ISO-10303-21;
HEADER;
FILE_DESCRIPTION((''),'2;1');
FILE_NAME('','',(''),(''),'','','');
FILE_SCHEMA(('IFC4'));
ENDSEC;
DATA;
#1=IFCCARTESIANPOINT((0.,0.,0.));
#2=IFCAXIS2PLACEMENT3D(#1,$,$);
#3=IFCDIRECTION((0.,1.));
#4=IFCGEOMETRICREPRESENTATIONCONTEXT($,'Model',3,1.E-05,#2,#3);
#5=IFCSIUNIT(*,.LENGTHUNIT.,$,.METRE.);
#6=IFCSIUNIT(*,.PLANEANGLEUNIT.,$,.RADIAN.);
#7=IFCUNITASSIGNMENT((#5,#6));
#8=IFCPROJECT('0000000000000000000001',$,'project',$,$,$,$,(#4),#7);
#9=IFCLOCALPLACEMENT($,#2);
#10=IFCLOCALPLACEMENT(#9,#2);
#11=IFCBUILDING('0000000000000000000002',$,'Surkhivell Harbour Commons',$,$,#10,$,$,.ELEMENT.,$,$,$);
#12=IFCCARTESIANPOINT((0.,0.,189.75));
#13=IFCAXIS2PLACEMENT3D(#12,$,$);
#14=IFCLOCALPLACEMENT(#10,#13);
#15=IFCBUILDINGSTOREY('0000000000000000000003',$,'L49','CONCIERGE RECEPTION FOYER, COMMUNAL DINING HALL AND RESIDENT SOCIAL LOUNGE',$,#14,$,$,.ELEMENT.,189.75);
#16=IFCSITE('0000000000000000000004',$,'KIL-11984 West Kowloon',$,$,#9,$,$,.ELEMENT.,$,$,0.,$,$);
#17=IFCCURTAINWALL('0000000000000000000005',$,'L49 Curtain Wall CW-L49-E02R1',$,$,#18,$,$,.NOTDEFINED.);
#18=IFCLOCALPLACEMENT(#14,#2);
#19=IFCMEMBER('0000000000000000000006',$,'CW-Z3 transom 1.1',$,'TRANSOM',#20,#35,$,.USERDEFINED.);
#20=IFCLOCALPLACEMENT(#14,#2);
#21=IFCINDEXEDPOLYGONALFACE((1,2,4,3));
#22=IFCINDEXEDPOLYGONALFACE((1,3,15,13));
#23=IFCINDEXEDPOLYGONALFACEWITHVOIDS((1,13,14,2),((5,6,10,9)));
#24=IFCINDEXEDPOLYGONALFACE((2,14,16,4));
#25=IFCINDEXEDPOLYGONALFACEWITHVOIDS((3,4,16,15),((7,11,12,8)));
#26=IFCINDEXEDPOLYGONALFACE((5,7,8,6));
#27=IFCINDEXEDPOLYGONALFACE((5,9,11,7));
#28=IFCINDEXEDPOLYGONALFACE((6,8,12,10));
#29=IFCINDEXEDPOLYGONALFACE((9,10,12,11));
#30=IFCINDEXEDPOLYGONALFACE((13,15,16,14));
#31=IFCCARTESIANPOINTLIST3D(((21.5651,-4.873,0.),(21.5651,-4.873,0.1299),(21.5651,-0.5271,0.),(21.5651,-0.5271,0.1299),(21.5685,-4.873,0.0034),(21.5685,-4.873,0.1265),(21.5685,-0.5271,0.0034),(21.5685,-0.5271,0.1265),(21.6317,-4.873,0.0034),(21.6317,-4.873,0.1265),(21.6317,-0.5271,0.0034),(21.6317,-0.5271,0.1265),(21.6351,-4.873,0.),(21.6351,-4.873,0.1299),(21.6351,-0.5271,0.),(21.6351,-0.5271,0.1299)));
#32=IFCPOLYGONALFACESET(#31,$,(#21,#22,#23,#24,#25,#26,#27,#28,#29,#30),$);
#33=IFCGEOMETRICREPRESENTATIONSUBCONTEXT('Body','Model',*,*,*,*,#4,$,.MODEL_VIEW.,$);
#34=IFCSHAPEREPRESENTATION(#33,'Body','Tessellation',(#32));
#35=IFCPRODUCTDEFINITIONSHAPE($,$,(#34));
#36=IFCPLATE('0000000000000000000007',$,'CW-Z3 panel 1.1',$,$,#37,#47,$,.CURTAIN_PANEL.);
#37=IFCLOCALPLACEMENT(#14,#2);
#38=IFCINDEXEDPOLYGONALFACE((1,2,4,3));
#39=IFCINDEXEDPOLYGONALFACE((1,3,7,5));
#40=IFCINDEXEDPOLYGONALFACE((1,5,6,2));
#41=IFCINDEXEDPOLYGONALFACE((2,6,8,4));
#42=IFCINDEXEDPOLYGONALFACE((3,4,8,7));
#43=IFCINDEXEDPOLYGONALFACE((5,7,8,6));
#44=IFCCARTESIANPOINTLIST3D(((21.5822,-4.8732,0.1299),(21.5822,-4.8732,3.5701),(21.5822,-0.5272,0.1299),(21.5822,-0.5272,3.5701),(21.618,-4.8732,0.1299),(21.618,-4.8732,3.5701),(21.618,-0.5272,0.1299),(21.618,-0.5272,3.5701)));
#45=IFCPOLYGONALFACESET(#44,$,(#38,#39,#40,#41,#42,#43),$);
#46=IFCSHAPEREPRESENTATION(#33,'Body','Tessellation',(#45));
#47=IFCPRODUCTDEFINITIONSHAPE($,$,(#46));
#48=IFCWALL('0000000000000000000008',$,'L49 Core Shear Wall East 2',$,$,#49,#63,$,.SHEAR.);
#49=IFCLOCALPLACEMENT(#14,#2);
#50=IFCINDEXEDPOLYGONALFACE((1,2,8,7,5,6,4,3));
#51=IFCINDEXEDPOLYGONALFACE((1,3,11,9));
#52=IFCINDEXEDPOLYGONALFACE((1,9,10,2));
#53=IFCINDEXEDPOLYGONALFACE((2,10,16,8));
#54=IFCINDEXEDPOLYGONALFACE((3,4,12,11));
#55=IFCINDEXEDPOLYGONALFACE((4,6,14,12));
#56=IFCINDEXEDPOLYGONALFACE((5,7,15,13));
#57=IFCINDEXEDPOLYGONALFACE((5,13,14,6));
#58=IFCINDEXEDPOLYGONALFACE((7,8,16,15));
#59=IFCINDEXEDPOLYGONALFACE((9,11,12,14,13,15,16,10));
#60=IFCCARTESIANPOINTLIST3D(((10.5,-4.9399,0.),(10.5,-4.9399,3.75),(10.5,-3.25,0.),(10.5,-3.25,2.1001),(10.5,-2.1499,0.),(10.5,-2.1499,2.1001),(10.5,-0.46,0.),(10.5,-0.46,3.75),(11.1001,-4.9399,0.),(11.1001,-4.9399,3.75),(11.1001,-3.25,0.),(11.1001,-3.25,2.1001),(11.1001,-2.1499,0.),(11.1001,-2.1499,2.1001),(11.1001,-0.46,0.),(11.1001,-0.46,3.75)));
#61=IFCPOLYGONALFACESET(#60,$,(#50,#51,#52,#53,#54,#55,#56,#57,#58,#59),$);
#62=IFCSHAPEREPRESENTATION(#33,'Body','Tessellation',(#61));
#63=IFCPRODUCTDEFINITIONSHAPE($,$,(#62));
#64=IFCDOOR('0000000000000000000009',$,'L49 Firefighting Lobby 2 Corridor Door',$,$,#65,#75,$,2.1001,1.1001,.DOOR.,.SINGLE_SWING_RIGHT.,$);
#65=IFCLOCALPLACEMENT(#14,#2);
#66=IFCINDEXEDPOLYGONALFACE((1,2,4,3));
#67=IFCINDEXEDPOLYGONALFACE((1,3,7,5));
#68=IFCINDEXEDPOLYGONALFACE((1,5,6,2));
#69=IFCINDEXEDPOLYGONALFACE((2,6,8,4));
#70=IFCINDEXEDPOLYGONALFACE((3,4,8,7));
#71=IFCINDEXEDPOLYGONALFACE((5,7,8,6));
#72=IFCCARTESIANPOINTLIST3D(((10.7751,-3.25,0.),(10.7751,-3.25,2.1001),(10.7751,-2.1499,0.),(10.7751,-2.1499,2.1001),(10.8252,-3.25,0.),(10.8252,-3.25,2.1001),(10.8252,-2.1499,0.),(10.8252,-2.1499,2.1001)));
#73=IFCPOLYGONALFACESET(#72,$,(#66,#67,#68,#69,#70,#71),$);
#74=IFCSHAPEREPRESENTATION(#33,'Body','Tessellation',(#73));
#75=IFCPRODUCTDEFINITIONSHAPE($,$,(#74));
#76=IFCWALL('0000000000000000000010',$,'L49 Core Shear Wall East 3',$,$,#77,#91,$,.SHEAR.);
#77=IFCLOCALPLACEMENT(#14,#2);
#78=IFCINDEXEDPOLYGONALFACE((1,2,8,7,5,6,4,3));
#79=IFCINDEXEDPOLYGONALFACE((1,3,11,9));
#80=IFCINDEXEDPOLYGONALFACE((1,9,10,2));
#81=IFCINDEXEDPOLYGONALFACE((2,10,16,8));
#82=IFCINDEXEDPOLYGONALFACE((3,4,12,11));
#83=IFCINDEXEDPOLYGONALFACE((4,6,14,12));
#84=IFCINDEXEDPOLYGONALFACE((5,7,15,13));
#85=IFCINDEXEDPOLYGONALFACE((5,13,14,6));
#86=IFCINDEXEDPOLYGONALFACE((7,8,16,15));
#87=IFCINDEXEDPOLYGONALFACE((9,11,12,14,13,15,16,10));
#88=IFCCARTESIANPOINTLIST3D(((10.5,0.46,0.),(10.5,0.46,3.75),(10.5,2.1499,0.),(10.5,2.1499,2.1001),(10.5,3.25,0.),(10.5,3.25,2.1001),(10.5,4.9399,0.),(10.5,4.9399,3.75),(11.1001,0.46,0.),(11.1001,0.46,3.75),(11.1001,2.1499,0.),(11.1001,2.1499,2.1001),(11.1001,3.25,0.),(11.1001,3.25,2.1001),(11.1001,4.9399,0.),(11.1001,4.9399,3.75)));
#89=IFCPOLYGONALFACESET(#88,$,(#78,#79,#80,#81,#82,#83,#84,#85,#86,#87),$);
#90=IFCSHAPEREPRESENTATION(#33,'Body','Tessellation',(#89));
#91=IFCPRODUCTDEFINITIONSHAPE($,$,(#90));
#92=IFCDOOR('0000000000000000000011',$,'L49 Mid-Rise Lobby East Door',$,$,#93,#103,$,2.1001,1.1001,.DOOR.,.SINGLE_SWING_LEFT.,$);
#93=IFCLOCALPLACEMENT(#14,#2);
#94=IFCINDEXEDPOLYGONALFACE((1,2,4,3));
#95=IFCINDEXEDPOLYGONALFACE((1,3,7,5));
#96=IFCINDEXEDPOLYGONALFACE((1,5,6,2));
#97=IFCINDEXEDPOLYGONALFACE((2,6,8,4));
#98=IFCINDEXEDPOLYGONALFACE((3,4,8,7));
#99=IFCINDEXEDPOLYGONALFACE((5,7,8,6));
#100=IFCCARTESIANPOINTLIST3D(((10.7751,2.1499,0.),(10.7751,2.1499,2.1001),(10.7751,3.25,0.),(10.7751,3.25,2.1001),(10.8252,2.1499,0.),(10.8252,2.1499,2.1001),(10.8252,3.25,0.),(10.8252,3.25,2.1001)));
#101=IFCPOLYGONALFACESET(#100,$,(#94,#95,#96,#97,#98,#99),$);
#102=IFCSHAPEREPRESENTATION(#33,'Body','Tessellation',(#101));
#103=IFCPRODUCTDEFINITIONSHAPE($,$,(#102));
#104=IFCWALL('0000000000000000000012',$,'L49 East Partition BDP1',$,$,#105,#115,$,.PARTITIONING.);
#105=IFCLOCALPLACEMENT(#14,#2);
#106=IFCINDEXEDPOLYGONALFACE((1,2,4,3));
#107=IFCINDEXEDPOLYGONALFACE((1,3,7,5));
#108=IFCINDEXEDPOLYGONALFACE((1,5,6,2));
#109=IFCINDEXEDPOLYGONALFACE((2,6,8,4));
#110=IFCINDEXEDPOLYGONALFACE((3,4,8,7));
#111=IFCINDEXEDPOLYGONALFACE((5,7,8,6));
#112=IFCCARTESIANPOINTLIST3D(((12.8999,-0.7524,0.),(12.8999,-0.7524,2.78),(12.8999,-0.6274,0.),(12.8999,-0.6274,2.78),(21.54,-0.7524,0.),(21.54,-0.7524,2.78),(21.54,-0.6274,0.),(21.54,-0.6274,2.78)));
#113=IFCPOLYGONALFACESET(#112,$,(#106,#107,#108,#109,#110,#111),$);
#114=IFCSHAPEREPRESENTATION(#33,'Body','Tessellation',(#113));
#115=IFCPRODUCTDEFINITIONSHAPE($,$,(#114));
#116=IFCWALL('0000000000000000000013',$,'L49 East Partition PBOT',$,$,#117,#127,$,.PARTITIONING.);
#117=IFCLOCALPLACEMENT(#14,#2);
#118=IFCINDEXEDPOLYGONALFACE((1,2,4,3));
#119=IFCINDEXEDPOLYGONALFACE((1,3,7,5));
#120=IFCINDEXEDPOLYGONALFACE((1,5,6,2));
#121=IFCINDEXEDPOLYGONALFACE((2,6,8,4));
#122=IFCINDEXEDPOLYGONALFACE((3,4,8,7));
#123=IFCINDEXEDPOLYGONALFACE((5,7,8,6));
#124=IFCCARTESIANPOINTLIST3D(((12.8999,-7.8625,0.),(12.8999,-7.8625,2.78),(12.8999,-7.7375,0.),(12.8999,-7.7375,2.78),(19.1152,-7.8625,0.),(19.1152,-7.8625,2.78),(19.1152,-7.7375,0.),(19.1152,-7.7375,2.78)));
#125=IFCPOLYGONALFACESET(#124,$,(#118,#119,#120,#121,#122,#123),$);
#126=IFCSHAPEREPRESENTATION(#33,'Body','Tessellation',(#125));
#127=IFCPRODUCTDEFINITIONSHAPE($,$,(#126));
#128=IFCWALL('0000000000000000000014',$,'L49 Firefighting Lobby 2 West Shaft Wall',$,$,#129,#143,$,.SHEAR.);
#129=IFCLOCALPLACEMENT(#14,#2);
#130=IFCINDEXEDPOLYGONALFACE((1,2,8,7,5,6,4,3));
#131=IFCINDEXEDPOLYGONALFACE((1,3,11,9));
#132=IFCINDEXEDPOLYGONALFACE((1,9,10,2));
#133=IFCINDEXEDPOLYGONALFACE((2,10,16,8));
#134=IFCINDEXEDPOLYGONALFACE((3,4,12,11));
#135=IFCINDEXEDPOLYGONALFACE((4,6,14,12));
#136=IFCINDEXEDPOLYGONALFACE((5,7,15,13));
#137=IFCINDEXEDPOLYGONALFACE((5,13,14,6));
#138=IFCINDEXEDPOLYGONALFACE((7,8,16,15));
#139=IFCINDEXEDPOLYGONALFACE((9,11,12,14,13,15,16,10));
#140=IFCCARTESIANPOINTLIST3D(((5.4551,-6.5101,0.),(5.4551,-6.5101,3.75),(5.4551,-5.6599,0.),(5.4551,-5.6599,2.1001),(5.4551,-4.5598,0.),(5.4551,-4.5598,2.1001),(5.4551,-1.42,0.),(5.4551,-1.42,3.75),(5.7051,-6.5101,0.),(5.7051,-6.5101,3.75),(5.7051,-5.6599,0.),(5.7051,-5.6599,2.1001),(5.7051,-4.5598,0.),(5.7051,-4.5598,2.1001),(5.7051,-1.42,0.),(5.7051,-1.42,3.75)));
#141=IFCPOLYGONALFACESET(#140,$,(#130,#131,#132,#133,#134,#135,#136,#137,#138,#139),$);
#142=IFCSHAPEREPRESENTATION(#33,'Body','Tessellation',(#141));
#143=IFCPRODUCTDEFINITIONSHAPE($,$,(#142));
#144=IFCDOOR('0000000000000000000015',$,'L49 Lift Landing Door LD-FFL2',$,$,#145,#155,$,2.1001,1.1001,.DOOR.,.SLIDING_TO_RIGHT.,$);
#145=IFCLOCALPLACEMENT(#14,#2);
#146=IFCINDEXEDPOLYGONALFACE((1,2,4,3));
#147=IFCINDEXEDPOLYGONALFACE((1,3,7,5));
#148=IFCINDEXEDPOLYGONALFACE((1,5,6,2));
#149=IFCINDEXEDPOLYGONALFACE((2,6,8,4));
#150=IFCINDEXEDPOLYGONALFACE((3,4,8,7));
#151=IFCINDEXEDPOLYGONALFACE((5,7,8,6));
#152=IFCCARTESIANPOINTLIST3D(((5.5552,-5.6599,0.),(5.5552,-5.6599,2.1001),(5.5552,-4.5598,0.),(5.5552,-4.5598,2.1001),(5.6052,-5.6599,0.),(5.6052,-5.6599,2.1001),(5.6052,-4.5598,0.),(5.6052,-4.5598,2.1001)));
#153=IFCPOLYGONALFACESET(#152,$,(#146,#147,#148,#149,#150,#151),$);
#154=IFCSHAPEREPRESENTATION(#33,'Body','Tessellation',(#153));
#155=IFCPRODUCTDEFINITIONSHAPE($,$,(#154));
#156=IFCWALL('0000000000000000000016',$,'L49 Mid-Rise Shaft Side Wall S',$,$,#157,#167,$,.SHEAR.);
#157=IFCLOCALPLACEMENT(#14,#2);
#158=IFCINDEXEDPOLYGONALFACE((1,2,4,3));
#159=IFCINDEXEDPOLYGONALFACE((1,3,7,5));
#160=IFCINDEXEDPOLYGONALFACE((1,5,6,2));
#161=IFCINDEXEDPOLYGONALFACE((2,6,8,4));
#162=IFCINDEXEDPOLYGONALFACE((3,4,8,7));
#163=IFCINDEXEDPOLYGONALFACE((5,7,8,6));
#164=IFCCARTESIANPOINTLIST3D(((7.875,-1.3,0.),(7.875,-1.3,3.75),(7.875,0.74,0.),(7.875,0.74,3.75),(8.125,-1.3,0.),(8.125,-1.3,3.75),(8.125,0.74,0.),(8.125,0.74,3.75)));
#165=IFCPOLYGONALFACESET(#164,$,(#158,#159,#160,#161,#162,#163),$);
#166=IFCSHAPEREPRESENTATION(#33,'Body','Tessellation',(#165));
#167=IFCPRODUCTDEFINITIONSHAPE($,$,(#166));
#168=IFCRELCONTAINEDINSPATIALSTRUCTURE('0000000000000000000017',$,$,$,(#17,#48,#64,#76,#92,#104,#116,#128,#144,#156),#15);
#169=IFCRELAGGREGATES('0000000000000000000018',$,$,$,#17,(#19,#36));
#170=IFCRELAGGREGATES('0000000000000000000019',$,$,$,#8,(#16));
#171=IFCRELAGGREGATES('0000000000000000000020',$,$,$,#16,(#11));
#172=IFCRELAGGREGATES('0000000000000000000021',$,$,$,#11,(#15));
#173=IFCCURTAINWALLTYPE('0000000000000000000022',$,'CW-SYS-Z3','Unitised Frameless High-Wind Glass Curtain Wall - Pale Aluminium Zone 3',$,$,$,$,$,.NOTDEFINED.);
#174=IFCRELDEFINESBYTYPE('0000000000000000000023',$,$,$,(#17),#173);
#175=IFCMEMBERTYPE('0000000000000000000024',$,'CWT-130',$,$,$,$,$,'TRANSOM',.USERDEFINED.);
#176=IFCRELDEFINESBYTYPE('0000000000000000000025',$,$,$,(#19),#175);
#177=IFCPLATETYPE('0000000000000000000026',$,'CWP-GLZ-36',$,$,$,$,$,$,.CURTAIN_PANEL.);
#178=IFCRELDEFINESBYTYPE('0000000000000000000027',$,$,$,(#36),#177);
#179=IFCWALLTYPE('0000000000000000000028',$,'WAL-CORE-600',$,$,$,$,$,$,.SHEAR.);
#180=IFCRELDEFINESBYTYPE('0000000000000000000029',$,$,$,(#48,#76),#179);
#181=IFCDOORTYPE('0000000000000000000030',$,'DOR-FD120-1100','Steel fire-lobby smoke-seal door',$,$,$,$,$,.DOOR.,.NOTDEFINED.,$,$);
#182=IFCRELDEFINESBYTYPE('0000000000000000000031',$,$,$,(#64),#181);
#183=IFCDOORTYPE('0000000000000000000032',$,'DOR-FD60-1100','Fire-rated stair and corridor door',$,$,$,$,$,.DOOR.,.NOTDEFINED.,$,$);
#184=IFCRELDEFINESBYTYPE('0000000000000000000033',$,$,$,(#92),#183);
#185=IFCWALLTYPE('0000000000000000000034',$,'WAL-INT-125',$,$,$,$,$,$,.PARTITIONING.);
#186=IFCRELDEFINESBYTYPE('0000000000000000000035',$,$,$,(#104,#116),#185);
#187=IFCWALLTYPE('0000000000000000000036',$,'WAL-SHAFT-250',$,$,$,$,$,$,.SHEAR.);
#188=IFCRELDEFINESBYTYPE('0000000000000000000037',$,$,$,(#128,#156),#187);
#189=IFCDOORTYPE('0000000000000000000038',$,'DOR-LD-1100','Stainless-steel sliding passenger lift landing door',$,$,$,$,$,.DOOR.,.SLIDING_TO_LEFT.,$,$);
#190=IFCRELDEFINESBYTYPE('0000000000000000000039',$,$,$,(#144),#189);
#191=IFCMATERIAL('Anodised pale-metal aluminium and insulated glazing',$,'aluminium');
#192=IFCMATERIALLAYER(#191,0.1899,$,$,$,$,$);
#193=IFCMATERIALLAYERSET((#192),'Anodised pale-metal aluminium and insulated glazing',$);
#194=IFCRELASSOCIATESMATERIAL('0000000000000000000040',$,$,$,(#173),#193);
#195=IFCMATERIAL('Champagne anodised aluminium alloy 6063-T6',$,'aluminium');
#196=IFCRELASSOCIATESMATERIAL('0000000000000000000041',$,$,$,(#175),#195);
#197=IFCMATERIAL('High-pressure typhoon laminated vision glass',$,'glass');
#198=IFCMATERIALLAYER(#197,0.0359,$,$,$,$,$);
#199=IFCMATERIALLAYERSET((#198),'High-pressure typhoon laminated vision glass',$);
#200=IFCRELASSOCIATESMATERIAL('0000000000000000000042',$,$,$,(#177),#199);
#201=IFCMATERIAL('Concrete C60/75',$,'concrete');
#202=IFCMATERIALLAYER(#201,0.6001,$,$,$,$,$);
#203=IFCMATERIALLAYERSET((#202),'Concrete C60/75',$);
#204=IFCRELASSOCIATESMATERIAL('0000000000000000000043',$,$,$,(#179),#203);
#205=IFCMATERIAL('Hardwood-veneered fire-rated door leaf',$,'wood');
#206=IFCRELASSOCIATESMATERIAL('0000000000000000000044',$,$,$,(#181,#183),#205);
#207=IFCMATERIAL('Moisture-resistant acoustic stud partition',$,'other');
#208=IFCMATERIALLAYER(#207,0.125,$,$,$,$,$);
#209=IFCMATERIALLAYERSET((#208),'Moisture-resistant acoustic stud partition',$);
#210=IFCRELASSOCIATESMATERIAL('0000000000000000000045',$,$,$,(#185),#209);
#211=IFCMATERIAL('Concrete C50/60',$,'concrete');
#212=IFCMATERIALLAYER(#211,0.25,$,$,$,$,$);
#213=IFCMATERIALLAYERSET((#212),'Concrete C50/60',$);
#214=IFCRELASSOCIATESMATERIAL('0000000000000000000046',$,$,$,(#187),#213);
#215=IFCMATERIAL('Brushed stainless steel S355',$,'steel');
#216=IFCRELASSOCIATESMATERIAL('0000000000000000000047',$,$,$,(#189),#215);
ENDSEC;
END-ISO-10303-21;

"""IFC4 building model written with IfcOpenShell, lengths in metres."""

from ifc_helpers import new_model, si_unit, direction, frame, frame_2d, origin, origin_2d, place, context, subcontext, project, spatial, rectangle, hollow_rectangle, extrude, material, layer, layer_set, material_profile, profile_set, type_object, element, fill, aggregate, save


model = new_model("IFC4")

# Units and contexts
model_context = context("Model", 3, precision=1e-05, world=origin(), true_north=direction((0.0, 1.0)))
body_context = subcontext(model_context, "Body", "Model", "MODEL_VIEW")
ifc_project = project(units=[si_unit("LENGTHUNIT", "METRE"), si_unit("PLANEANGLEUNIT", "RADIAN")], contexts=[model_context])

# Site, building, storey
site_placement = place(None, origin())
site = spatial("IfcSite", under=ifc_project, at=site_placement, Name="KIL-11984 West Kowloon", CompositionType="ELEMENT", RefElevation=0.0)
building_placement = place(site_placement, origin())
building = spatial("IfcBuilding", under=site, at=building_placement, Name="Surkhivell Harbour Commons", CompositionType="ELEMENT")
storey_placement = place(building_placement, frame((0.0, 0.0, 189.75)))
storey = spatial("IfcBuildingStorey", under=building, at=storey_placement, Name="L49", Description="CONCIERGE RECEPTION FOYER, COMMUNAL DINING HALL AND RESIDENT SOCIAL LOUNGE", CompositionType="ELEMENT", Elevation=189.75)

# Shared definitions
ifc_material_1 = material(Name="Concrete C60/75", Category="concrete")

# Shared definitions
ifc_material_2 = material(Name="Anodised pale-metal aluminium and insulated glazing", Category="aluminium")
ifc_layer_1 = layer(ifc_material_2, 0.1899)
ifc_layer_set_1 = layer_set([ifc_layer_1], Name="Anodised pale-metal aluminium and insulated glazing")
curtain_wall_type = type_object("IfcCurtainWallType", Name="CW-SYS-Z3", Description="Unitised Frameless High-Wind Glass Curtain Wall - Pale Aluminium Zone 3", PredefinedType="NOTDEFINED", material=ifc_layer_set_1)

# Curtain wall, member, plate
curtain_wall_1_placement = place(storey_placement, origin())
curtain_wall_1 = element("IfcCurtainWall", 1, at=curtain_wall_1_placement, inside=storey, type_object=curtain_wall_type, Name="L49 Curtain Wall CW-L49-E02R1", PredefinedType="NOTDEFINED")
ifc_material_3 = material(Name="Champagne anodised aluminium alloy 6063-T6", Category="aluminium")
ifc_material_profile_1 = material_profile(ifc_material_3, hollow_rectangle(XDim=0.0701, YDim=0.1299, WallThickness=0.0034, at=origin_2d()), Name="ALU-TRAN-70x130")
ifc_profile_set_1 = profile_set([ifc_material_profile_1], Name="Champagne anodised aluminium alloy 6063-T6")
member_type_1 = type_object("IfcMemberType", Name="CWT-130", ElementType="TRANSOM", PredefinedType="USERDEFINED", material=ifc_profile_set_1)
member_1_placement = place(storey_placement, frame((21.6001, -4.873, 0.0649), z_axis=(0.0, 1.0, 0.0), x_axis=(-1.0, 0.0, 0.0)))
member_1 = element("IfcMember", 2, at=member_1_placement, type_object=member_type_1, Name="CW-Z3 transom 1.1", ObjectType="TRANSOM", PredefinedType="USERDEFINED", context=body_context, shape_type="SweptSolid", body=[
    extrude(hollow_rectangle(XDim=0.0701, YDim=0.1299, WallThickness=0.0034, at=origin_2d()), origin(), (0.0, 0.0, 1.0), 4.3459),
])
ifc_material_4 = material(Name="High-pressure typhoon laminated vision glass", Category="glass")
ifc_layer_2 = layer(ifc_material_4, 0.0359)
ifc_layer_set_2 = layer_set([ifc_layer_2], Name="High-pressure typhoon laminated vision glass")
plate_type = type_object("IfcPlateType", Name="CWP-GLZ-36", PredefinedType="CURTAIN_PANEL", material=ifc_layer_set_2)
plate_placement = place(storey_placement, frame((21.6001, -4.873, 0.1299), z_axis=(0.0, 0.0, 1.0), x_axis=(0.0, 1.0, 0.0)))
plate = element("IfcPlate", 3, at=plate_placement, type_object=plate_type, Name="CW-Z3 panel 1.1", PredefinedType="CURTAIN_PANEL", context=body_context, shape_type="SweptSolid", body=[
    extrude(rectangle(XDim=4.3459, YDim=0.0359, at=frame_2d((2.1729, 0.0))), origin(), (0.0, 0.0, 1.0), 3.4402),
])
aggregate(curtain_wall_1, [member_1, plate])

# Walls, openings, doors
ifc_layer_3 = layer(ifc_material_1, 0.6001)
ifc_layer_set_3 = layer_set([ifc_layer_3], Name="Concrete C60/75")
wall_type_1 = type_object("IfcWallType", Name="WAL-CORE-600", PredefinedType="SHEAR", material=ifc_layer_set_3)
wall_1_placement = place(storey_placement, frame((10.8, -4.9399, 0.0), z_axis=(0.0, 0.0, 1.0), x_axis=(0.0, 1.0, 0.0)))
wall_1 = element("IfcWall", 4, at=wall_1_placement, inside=storey, type_object=wall_type_1, Name="L49 Core Shear Wall East 2", PredefinedType="SHEAR", context=body_context, shape_type="SweptSolid", body=[
    extrude(rectangle(XDim=4.48, YDim=0.6001, at=frame_2d((2.24, 0.0))), origin(), (0.0, 0.0, 1.0), 3.75),
])
opening_1_placement = place(wall_1_placement, frame((1.6899, 0.0, 0.0)))
opening_1 = element("IfcOpeningElement", 5, at=opening_1_placement, cuts=wall_1, PredefinedType="OPENING", context=body_context, shape_type="SweptSolid", body=[
    extrude(rectangle(XDim=1.1001, YDim=2.1001, at=frame_2d((0.55, 1.05))), frame((0.0, 0.3101, 0.0), z_axis=(0.0, -1.0, 0.0), x_axis=(1.0, 0.0, 0.0)), (0.0, 0.0, 1.0), 0.6201),
])
ifc_material_5 = material(Name="Hardwood-veneered fire-rated door leaf", Category="wood")
door_type_1 = type_object("IfcDoorType", Name="DOR-FD120-1100", Description="Steel fire-lobby smoke-seal door", OperationType="NOTDEFINED", PredefinedType="DOOR", material=ifc_material_5)
door_1_placement = place(opening_1_placement, origin())
door_1 = element("IfcDoor", 6, at=door_1_placement, inside=storey, type_object=door_type_1, Name="L49 Firefighting Lobby 2 Corridor Door", OperationType="SINGLE_SWING_RIGHT", OverallHeight=2.1001, OverallWidth=1.1001, PredefinedType="DOOR", context=body_context, shape_type="SweptSolid", body=[
    extrude(rectangle(XDim=1.1001, YDim=2.1001, at=frame_2d((0.55, 1.05))), frame((0.0, 0.0249, 0.0), z_axis=(0.0, -1.0, 0.0), x_axis=(1.0, 0.0, 0.0)), (0.0, 0.0, 1.0), 0.05),
])
fill(opening_1, door_1)
wall_2_placement = place(storey_placement, frame((10.8, 0.46, 0.0), z_axis=(0.0, 0.0, 1.0), x_axis=(0.0, 1.0, 0.0)))
wall_2 = element("IfcWall", 7, at=wall_2_placement, inside=storey, type_object=wall_type_1, Name="L49 Core Shear Wall East 3", PredefinedType="SHEAR", context=body_context, shape_type="SweptSolid", body=[
    extrude(rectangle(XDim=4.48, YDim=0.6001, at=frame_2d((2.24, 0.0))), origin(), (0.0, 0.0, 1.0), 3.75),
])
opening_2_placement = place(wall_2_placement, frame((1.6899, 0.0, 0.0)))
opening_2 = element("IfcOpeningElement", 8, at=opening_2_placement, cuts=wall_2, PredefinedType="OPENING", context=body_context, shape_type="SweptSolid", body=[
    extrude(rectangle(XDim=1.1001, YDim=2.1001, at=frame_2d((0.55, 1.05))), frame((0.0, 0.3101, 0.0), z_axis=(0.0, -1.0, 0.0), x_axis=(1.0, 0.0, 0.0)), (0.0, 0.0, 1.0), 0.6201),
])
door_type_2 = type_object("IfcDoorType", Name="DOR-FD60-1100", Description="Fire-rated stair and corridor door", OperationType="NOTDEFINED", PredefinedType="DOOR", material=ifc_material_5)
door_2_placement = place(opening_2_placement, origin())
door_2 = element("IfcDoor", 9, at=door_2_placement, inside=storey, type_object=door_type_2, Name="L49 Mid-Rise Lobby East Door", OperationType="SINGLE_SWING_LEFT", OverallHeight=2.1001, OverallWidth=1.1001, PredefinedType="DOOR", context=body_context, shape_type="SweptSolid", body=[
    extrude(rectangle(XDim=1.1001, YDim=2.1001, at=frame_2d((0.55, 1.05))), frame((0.0, 0.0249, 0.0), z_axis=(0.0, -1.0, 0.0), x_axis=(1.0, 0.0, 0.0)), (0.0, 0.0, 1.0), 0.05),
])
fill(opening_2, door_2)

# Walls
ifc_material_6 = material(Name="Moisture-resistant acoustic stud partition", Category="other")
ifc_layer_4 = layer(ifc_material_6, 0.125)
ifc_layer_set_4 = layer_set([ifc_layer_4], Name="Moisture-resistant acoustic stud partition")
wall_type_2 = type_object("IfcWallType", Name="WAL-INT-125", PredefinedType="PARTITIONING", material=ifc_layer_set_4)
wall_3_placement = place(storey_placement, frame((12.8999, -0.6899, 0.0), z_axis=(0.0, 0.0, 1.0), x_axis=(1.0, 0.0, 0.0)))
element("IfcWall", 10, at=wall_3_placement, inside=storey, type_object=wall_type_2, Name="L49 East Partition BDP1", PredefinedType="PARTITIONING", context=body_context, shape_type="SweptSolid", body=[
    extrude(rectangle(XDim=8.6401, YDim=0.125, at=frame_2d((4.3201, 0.0))), origin(), (0.0, 0.0, 1.0), 2.78),
])
wall_4_placement = place(storey_placement, frame((12.8999, -7.8, 0.0), z_axis=(0.0, 0.0, 1.0), x_axis=(1.0, 0.0, 0.0)))
element("IfcWall", 11, at=wall_4_placement, inside=storey, type_object=wall_type_2, Name="L49 East Partition PBOT", PredefinedType="PARTITIONING", context=body_context, shape_type="SweptSolid", body=[
    extrude(rectangle(XDim=6.2153, YDim=0.125, at=frame_2d((3.1077, 0.0))), origin(), (0.0, 0.0, 1.0), 2.78),
])

# Wall, opening, door
ifc_material_7 = material(Name="Concrete C50/60", Category="concrete")
ifc_layer_5 = layer(ifc_material_7, 0.25)
ifc_layer_set_5 = layer_set([ifc_layer_5], Name="Concrete C50/60")
wall_type_3 = type_object("IfcWallType", Name="WAL-SHAFT-250", PredefinedType="SHEAR", material=ifc_layer_set_5)
wall_5_placement = place(storey_placement, frame((5.5801, -6.51, 0.0), z_axis=(0.0, 0.0, 1.0), x_axis=(0.0, 1.0, 0.0)))
wall_5 = element("IfcWall", 12, at=wall_5_placement, inside=storey, type_object=wall_type_3, Name="L49 Firefighting Lobby 2 West Shaft Wall", PredefinedType="SHEAR", context=body_context, shape_type="SweptSolid", body=[
    extrude(rectangle(XDim=5.0901, YDim=0.25, at=frame_2d((2.5449, 0.0))), origin(), (0.0, 0.0, 1.0), 3.75),
])
opening_3_placement = place(wall_5_placement, frame((0.8501, 0.0, 0.0)))
opening_3 = element("IfcOpeningElement", 13, at=opening_3_placement, cuts=wall_5, PredefinedType="OPENING", context=body_context, shape_type="SweptSolid", body=[
    extrude(rectangle(XDim=1.1001, YDim=2.1001, at=frame_2d((0.55, 1.05))), frame((0.0, 0.135, 0.0), z_axis=(0.0, -1.0, 0.0), x_axis=(1.0, 0.0, 0.0)), (0.0, 0.0, 1.0), 0.27),
])
ifc_material_8 = material(Name="Brushed stainless steel S355", Category="steel")
door_type_3 = type_object("IfcDoorType", Name="DOR-LD-1100", Description="Stainless-steel sliding passenger lift landing door", OperationType="SLIDING_TO_LEFT", PredefinedType="DOOR", material=ifc_material_8)
door_3_placement = place(opening_3_placement, origin())
door_3 = element("IfcDoor", 14, at=door_3_placement, inside=storey, type_object=door_type_3, Name="L49 Lift Landing Door LD-FFL2", OperationType="SLIDING_TO_RIGHT", OverallHeight=2.1001, OverallWidth=1.1001, PredefinedType="DOOR", context=body_context, shape_type="SweptSolid", body=[
    extrude(rectangle(XDim=1.1001, YDim=2.1001, at=frame_2d((0.55, 1.05))), frame((0.0, 0.0249, 0.0), z_axis=(0.0, -1.0, 0.0), x_axis=(1.0, 0.0, 0.0)), (0.0, 0.0, 1.0), 0.05),
])
fill(opening_3, door_3)

# Wall
wall_6_placement = place(storey_placement, frame((8.0, -1.3, 0.0), z_axis=(0.0, 0.0, 1.0), x_axis=(0.0, 1.0, 0.0)))
element("IfcWall", 15, at=wall_6_placement, inside=storey, type_object=wall_type_3, Name="L49 Mid-Rise Shaft Side Wall S", PredefinedType="SHEAR", context=body_context, shape_type="SweptSolid", body=[
    extrude(rectangle(XDim=2.04, YDim=0.25, at=frame_2d((1.02, 0.0))), origin(), (0.0, 0.0, 1.0), 3.75),
])

save(model, "model.ifc")
